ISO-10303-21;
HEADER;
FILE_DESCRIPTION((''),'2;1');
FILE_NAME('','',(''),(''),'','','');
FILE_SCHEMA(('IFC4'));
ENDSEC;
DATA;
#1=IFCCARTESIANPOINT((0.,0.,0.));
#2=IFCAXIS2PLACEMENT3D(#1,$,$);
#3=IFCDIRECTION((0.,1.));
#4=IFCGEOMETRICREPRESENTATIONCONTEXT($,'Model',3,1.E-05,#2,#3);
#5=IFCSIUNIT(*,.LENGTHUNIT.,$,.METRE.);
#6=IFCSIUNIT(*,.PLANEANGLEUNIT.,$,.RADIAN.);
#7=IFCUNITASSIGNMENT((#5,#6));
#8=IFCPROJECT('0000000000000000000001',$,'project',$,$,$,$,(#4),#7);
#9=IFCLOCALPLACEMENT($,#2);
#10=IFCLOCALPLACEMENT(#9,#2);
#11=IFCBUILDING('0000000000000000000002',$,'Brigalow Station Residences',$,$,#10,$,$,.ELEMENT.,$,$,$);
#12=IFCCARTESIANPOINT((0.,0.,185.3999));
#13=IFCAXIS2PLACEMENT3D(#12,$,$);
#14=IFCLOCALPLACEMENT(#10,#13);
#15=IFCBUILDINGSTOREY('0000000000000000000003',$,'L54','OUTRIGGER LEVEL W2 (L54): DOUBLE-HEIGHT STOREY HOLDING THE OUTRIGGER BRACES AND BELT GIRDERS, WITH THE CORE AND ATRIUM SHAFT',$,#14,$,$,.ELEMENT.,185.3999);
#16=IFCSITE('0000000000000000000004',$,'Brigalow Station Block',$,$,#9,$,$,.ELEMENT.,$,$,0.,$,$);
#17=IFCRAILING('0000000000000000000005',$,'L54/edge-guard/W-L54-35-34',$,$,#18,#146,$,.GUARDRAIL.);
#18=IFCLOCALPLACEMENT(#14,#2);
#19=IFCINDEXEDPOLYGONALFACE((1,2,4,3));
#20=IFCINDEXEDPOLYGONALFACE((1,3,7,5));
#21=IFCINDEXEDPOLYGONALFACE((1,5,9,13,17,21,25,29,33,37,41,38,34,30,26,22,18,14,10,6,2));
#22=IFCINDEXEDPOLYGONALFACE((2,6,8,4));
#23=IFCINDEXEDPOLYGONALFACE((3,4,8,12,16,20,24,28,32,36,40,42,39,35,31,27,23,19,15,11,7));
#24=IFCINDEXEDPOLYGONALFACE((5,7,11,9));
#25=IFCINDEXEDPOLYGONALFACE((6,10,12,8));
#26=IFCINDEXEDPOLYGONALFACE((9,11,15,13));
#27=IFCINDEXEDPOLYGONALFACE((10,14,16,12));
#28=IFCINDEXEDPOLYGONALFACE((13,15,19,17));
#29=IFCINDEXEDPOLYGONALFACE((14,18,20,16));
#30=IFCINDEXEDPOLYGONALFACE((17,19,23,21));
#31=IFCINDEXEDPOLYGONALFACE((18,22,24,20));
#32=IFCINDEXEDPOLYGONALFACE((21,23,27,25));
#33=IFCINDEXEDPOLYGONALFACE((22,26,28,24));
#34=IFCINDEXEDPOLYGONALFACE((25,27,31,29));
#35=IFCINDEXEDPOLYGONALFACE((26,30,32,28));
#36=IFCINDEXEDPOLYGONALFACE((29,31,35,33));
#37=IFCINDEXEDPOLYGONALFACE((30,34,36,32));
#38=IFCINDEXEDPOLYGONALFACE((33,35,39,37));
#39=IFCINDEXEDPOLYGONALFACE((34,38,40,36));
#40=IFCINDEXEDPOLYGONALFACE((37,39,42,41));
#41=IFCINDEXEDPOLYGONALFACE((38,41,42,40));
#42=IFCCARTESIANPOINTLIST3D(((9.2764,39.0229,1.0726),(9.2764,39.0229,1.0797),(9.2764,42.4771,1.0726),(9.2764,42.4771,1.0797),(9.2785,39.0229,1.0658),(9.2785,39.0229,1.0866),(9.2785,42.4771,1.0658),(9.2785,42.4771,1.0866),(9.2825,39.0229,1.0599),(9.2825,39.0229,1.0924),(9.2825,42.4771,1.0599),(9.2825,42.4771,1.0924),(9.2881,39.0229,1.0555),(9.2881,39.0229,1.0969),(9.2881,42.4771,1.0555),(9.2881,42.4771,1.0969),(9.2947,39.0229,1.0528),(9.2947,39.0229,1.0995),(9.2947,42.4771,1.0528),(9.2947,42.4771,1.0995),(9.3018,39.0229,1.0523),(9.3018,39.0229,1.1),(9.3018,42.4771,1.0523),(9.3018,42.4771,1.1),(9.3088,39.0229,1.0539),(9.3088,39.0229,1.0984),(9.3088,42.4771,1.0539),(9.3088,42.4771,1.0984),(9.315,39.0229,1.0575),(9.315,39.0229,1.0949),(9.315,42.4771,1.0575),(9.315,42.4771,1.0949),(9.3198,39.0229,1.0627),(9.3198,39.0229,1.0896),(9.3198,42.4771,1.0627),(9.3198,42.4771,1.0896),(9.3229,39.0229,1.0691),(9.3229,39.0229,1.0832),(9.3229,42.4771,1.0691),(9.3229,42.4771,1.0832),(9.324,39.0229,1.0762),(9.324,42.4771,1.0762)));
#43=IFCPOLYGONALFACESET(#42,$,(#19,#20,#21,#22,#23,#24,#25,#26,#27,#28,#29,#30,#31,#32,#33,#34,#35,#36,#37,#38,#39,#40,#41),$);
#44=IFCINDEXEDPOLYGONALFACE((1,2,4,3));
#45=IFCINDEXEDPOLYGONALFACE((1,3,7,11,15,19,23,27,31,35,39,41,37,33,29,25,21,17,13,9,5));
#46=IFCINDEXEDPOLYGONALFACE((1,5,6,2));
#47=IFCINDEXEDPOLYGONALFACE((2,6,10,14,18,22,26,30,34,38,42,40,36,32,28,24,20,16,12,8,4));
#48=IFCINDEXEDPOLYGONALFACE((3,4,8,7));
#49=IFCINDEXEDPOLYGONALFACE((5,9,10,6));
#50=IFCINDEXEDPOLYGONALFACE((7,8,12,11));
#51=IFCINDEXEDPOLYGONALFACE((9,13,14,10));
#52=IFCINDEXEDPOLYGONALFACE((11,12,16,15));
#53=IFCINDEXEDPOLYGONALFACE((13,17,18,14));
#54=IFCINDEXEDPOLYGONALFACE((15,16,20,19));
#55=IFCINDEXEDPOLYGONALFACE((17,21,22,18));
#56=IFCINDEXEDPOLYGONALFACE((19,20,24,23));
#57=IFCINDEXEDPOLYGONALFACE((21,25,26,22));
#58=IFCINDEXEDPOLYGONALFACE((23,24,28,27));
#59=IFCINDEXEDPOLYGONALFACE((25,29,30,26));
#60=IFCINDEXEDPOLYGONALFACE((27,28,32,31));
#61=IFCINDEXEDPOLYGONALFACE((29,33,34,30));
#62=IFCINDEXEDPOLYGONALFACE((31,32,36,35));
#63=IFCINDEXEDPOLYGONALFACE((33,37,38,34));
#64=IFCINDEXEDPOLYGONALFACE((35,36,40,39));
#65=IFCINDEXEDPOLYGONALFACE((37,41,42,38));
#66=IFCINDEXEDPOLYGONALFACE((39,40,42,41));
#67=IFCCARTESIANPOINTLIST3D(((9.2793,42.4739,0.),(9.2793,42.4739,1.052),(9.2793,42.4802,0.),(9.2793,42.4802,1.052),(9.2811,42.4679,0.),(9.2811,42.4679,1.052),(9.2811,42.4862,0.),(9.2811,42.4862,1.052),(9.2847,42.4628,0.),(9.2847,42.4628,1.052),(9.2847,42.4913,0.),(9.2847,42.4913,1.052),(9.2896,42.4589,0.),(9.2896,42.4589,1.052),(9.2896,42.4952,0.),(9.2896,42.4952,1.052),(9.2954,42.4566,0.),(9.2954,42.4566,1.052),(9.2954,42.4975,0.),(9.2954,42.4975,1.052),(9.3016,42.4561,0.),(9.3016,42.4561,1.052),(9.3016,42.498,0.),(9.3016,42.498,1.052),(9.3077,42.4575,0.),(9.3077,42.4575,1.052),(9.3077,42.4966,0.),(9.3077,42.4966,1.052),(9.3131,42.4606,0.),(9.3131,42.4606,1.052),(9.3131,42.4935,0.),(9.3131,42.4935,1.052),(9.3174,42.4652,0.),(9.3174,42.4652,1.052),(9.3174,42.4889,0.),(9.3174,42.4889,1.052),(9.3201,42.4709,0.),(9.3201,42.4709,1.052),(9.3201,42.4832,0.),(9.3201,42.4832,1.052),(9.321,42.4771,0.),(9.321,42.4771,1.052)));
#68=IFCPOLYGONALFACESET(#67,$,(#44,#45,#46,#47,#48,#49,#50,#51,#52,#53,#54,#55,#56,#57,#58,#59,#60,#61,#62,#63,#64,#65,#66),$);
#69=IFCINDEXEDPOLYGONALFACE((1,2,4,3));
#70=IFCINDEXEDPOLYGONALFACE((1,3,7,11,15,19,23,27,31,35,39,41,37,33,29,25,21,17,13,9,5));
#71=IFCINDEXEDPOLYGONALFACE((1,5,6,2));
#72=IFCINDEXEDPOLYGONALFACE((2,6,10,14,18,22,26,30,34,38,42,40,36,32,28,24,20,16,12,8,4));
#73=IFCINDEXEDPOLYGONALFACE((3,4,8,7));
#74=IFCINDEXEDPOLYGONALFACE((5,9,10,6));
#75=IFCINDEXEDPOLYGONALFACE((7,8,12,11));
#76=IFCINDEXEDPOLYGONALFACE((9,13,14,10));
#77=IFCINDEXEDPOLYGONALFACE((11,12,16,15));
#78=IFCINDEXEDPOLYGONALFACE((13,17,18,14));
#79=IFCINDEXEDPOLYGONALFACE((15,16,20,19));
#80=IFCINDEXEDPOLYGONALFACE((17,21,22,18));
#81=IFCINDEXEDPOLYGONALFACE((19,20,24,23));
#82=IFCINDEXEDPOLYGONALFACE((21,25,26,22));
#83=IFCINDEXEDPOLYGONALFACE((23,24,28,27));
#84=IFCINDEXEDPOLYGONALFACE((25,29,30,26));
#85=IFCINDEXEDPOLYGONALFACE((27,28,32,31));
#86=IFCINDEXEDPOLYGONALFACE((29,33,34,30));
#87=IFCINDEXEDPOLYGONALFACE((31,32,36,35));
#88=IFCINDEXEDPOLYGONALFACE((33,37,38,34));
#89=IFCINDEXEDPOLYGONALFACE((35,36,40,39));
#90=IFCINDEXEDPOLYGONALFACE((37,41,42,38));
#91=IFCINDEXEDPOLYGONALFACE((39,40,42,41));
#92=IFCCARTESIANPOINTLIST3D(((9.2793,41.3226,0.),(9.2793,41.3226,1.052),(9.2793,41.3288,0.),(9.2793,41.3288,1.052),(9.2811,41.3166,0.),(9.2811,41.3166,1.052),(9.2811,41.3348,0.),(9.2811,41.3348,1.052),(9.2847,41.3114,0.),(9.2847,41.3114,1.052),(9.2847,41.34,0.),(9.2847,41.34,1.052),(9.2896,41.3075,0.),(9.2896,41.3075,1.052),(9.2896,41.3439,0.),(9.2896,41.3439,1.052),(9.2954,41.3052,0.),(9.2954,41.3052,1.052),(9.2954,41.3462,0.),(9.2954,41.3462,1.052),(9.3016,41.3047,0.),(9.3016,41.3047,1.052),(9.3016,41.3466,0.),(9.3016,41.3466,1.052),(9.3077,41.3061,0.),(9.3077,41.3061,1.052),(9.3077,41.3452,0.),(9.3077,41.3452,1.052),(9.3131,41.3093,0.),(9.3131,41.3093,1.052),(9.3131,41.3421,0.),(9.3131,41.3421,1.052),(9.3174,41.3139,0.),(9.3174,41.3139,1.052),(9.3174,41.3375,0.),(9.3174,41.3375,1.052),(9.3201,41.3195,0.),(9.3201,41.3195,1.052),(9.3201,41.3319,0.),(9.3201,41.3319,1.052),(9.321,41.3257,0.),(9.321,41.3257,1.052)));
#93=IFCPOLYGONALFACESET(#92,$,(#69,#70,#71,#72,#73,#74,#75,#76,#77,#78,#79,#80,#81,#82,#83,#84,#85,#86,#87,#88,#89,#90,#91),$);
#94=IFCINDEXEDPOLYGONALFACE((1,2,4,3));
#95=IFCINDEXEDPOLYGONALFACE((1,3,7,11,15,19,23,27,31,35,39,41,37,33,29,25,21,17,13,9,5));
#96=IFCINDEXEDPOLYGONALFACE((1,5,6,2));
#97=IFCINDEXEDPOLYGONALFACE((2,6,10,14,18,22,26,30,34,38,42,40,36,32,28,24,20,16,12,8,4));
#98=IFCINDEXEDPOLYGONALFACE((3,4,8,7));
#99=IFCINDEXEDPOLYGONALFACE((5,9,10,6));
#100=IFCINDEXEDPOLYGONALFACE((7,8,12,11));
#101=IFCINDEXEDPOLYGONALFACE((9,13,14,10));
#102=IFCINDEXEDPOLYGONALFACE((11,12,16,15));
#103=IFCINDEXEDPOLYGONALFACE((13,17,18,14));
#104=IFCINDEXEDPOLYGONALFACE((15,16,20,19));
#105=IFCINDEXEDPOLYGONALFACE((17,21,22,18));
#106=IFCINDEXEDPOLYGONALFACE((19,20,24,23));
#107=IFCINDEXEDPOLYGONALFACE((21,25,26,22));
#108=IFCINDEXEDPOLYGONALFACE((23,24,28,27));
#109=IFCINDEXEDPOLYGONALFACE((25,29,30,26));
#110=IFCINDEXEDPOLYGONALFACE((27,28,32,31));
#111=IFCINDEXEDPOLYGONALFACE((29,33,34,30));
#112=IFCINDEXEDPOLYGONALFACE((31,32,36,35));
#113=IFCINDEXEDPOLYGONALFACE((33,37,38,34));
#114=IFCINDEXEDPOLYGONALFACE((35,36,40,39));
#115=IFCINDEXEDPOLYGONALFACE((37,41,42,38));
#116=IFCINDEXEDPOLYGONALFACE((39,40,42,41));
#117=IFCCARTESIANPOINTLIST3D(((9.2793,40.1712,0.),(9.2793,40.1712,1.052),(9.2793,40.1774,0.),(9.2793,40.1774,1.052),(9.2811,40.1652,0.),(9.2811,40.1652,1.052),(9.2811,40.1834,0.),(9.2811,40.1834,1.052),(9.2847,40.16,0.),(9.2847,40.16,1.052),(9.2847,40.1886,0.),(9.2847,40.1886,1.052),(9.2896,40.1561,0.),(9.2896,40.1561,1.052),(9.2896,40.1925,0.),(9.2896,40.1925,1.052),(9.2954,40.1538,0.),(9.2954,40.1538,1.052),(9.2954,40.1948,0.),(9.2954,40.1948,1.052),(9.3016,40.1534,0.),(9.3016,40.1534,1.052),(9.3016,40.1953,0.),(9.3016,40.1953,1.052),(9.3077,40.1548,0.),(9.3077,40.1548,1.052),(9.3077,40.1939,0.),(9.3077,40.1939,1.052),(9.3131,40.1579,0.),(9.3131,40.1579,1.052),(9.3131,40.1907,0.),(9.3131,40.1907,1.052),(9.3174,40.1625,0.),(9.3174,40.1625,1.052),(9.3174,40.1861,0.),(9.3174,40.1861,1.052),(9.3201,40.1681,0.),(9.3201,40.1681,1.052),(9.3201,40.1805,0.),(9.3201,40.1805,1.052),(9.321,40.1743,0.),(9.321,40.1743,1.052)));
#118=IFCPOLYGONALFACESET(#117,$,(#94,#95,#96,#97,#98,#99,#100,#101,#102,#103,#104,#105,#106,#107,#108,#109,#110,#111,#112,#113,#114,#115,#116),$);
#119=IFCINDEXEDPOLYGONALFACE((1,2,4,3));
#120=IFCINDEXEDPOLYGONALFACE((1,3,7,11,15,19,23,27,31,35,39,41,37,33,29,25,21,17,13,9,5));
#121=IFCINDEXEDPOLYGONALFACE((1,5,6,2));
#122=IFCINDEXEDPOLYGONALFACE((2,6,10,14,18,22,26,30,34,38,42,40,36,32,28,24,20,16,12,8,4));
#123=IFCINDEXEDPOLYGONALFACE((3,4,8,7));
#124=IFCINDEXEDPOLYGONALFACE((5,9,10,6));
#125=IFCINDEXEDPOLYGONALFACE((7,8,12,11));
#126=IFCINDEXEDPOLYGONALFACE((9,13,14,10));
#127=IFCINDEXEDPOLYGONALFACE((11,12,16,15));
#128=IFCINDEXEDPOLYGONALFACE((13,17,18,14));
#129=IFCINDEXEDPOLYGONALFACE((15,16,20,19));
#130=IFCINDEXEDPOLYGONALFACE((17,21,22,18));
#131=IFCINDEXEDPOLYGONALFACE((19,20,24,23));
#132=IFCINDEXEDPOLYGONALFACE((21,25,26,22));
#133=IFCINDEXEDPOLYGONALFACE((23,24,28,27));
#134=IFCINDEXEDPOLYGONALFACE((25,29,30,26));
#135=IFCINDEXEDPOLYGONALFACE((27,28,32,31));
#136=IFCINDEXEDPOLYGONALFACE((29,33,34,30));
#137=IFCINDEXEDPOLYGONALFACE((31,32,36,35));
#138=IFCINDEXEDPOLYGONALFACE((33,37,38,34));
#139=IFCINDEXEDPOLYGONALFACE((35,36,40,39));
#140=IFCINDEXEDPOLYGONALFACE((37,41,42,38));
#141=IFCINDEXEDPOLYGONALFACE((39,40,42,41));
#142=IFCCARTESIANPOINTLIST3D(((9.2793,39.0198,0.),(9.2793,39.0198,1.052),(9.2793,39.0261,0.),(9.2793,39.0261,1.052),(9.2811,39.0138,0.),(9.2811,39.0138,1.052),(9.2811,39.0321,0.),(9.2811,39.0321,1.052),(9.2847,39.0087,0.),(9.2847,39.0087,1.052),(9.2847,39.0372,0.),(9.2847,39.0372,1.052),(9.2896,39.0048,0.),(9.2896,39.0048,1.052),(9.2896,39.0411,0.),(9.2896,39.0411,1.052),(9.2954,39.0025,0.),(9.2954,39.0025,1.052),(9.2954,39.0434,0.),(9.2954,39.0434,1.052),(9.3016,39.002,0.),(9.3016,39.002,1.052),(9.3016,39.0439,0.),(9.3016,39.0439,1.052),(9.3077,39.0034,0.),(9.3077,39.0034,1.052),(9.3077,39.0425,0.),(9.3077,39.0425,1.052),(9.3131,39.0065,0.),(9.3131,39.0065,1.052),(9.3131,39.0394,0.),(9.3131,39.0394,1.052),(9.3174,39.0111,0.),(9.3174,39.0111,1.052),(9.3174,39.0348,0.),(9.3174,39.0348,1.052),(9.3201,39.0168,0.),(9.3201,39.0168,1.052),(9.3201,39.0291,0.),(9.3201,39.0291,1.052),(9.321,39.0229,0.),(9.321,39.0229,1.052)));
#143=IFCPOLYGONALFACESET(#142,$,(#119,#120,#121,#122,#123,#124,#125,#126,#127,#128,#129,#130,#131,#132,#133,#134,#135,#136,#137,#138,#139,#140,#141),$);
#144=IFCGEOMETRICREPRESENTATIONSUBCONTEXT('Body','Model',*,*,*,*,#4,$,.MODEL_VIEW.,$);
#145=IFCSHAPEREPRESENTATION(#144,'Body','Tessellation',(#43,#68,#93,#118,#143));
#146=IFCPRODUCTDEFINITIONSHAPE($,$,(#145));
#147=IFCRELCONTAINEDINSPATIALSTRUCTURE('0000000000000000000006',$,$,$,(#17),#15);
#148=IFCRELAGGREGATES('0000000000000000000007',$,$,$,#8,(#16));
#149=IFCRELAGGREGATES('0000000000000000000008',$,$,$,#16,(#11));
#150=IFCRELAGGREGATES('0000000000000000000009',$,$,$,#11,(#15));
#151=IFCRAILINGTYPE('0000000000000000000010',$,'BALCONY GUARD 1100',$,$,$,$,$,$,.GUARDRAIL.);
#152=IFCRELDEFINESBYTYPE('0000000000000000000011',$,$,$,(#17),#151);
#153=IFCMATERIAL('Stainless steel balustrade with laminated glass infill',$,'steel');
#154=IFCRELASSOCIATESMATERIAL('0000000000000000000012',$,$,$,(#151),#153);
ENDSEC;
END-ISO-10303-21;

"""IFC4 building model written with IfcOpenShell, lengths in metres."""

from ifc_helpers import new_model, si_unit, direction, frame, origin, origin_2d, place, context, subcontext, project, spatial, circle, extrude, material, type_object, element, save


model = new_model("IFC4")

# Units and contexts
model_context = context("Model", 3, precision=1e-05, world=origin(), true_north=direction((0.0, 1.0)))
body_context = subcontext(model_context, "Body", "Model", "MODEL_VIEW")
ifc_project = project(units=[si_unit("LENGTHUNIT", "METRE"), si_unit("PLANEANGLEUNIT", "RADIAN")], contexts=[model_context])

# Site, building, storey
site_placement = place(None, origin())
site = spatial("IfcSite", under=ifc_project, at=site_placement, Name="Brigalow Station Block", CompositionType="ELEMENT", RefElevation=0.0)
building_placement = place(site_placement, origin())
building = spatial("IfcBuilding", under=site, at=building_placement, Name="Brigalow Station Residences", CompositionType="ELEMENT")
storey_placement = place(building_placement, frame((0.0, 0.0, 185.3999)))
storey = spatial("IfcBuildingStorey", under=building, at=storey_placement, Name="L54", Description="OUTRIGGER LEVEL W2 (L54): DOUBLE-HEIGHT STOREY HOLDING THE OUTRIGGER BRACES AND BELT GIRDERS, WITH THE CORE AND ATRIUM SHAFT", CompositionType="ELEMENT", Elevation=185.3999)

# Railing
ifc_material_1 = material(Name="Stainless steel balustrade with laminated glass infill", Category="steel")
railing_type_1 = type_object("IfcRailingType", Name="BALCONY GUARD 1100", PredefinedType="GUARDRAIL", material=ifc_material_1)
railing_1_placement = place(storey_placement, frame((9.3, 42.4771, 0.0)))
element("IfcRailing", 1, at=railing_1_placement, inside=storey, type_object=railing_type_1, Name="L54/edge-guard/W-L54-35-34", PredefinedType="GUARDRAIL", context=body_context, shape_type="SweptSolid", body=[
    extrude(circle(Radius=0.0239, at=origin_2d()), frame((0.0, 0.0, 1.0762), z_axis=(0.0, -1.0, 0.0), x_axis=(1.0, 0.0, 0.0)), (0.0, 0.0, 1.0), 3.4541),
    extrude(circle(Radius=0.021, at=origin_2d()), origin(), (0.0, 0.0, 1.0), 1.052),
    extrude(circle(Radius=0.021, at=origin_2d()), frame((0.0, -1.1514, 0.0)), (0.0, 0.0, 1.0), 1.052),
    extrude(circle(Radius=0.021, at=origin_2d()), frame((0.0, -2.3027, 0.0)), (0.0, 0.0, 1.0), 1.052),
    extrude(circle(Radius=0.021, at=origin_2d()), frame((0.0, -3.4541, 0.0)), (0.0, 0.0, 1.0), 1.052),
])

save(model, "model.ifc")
